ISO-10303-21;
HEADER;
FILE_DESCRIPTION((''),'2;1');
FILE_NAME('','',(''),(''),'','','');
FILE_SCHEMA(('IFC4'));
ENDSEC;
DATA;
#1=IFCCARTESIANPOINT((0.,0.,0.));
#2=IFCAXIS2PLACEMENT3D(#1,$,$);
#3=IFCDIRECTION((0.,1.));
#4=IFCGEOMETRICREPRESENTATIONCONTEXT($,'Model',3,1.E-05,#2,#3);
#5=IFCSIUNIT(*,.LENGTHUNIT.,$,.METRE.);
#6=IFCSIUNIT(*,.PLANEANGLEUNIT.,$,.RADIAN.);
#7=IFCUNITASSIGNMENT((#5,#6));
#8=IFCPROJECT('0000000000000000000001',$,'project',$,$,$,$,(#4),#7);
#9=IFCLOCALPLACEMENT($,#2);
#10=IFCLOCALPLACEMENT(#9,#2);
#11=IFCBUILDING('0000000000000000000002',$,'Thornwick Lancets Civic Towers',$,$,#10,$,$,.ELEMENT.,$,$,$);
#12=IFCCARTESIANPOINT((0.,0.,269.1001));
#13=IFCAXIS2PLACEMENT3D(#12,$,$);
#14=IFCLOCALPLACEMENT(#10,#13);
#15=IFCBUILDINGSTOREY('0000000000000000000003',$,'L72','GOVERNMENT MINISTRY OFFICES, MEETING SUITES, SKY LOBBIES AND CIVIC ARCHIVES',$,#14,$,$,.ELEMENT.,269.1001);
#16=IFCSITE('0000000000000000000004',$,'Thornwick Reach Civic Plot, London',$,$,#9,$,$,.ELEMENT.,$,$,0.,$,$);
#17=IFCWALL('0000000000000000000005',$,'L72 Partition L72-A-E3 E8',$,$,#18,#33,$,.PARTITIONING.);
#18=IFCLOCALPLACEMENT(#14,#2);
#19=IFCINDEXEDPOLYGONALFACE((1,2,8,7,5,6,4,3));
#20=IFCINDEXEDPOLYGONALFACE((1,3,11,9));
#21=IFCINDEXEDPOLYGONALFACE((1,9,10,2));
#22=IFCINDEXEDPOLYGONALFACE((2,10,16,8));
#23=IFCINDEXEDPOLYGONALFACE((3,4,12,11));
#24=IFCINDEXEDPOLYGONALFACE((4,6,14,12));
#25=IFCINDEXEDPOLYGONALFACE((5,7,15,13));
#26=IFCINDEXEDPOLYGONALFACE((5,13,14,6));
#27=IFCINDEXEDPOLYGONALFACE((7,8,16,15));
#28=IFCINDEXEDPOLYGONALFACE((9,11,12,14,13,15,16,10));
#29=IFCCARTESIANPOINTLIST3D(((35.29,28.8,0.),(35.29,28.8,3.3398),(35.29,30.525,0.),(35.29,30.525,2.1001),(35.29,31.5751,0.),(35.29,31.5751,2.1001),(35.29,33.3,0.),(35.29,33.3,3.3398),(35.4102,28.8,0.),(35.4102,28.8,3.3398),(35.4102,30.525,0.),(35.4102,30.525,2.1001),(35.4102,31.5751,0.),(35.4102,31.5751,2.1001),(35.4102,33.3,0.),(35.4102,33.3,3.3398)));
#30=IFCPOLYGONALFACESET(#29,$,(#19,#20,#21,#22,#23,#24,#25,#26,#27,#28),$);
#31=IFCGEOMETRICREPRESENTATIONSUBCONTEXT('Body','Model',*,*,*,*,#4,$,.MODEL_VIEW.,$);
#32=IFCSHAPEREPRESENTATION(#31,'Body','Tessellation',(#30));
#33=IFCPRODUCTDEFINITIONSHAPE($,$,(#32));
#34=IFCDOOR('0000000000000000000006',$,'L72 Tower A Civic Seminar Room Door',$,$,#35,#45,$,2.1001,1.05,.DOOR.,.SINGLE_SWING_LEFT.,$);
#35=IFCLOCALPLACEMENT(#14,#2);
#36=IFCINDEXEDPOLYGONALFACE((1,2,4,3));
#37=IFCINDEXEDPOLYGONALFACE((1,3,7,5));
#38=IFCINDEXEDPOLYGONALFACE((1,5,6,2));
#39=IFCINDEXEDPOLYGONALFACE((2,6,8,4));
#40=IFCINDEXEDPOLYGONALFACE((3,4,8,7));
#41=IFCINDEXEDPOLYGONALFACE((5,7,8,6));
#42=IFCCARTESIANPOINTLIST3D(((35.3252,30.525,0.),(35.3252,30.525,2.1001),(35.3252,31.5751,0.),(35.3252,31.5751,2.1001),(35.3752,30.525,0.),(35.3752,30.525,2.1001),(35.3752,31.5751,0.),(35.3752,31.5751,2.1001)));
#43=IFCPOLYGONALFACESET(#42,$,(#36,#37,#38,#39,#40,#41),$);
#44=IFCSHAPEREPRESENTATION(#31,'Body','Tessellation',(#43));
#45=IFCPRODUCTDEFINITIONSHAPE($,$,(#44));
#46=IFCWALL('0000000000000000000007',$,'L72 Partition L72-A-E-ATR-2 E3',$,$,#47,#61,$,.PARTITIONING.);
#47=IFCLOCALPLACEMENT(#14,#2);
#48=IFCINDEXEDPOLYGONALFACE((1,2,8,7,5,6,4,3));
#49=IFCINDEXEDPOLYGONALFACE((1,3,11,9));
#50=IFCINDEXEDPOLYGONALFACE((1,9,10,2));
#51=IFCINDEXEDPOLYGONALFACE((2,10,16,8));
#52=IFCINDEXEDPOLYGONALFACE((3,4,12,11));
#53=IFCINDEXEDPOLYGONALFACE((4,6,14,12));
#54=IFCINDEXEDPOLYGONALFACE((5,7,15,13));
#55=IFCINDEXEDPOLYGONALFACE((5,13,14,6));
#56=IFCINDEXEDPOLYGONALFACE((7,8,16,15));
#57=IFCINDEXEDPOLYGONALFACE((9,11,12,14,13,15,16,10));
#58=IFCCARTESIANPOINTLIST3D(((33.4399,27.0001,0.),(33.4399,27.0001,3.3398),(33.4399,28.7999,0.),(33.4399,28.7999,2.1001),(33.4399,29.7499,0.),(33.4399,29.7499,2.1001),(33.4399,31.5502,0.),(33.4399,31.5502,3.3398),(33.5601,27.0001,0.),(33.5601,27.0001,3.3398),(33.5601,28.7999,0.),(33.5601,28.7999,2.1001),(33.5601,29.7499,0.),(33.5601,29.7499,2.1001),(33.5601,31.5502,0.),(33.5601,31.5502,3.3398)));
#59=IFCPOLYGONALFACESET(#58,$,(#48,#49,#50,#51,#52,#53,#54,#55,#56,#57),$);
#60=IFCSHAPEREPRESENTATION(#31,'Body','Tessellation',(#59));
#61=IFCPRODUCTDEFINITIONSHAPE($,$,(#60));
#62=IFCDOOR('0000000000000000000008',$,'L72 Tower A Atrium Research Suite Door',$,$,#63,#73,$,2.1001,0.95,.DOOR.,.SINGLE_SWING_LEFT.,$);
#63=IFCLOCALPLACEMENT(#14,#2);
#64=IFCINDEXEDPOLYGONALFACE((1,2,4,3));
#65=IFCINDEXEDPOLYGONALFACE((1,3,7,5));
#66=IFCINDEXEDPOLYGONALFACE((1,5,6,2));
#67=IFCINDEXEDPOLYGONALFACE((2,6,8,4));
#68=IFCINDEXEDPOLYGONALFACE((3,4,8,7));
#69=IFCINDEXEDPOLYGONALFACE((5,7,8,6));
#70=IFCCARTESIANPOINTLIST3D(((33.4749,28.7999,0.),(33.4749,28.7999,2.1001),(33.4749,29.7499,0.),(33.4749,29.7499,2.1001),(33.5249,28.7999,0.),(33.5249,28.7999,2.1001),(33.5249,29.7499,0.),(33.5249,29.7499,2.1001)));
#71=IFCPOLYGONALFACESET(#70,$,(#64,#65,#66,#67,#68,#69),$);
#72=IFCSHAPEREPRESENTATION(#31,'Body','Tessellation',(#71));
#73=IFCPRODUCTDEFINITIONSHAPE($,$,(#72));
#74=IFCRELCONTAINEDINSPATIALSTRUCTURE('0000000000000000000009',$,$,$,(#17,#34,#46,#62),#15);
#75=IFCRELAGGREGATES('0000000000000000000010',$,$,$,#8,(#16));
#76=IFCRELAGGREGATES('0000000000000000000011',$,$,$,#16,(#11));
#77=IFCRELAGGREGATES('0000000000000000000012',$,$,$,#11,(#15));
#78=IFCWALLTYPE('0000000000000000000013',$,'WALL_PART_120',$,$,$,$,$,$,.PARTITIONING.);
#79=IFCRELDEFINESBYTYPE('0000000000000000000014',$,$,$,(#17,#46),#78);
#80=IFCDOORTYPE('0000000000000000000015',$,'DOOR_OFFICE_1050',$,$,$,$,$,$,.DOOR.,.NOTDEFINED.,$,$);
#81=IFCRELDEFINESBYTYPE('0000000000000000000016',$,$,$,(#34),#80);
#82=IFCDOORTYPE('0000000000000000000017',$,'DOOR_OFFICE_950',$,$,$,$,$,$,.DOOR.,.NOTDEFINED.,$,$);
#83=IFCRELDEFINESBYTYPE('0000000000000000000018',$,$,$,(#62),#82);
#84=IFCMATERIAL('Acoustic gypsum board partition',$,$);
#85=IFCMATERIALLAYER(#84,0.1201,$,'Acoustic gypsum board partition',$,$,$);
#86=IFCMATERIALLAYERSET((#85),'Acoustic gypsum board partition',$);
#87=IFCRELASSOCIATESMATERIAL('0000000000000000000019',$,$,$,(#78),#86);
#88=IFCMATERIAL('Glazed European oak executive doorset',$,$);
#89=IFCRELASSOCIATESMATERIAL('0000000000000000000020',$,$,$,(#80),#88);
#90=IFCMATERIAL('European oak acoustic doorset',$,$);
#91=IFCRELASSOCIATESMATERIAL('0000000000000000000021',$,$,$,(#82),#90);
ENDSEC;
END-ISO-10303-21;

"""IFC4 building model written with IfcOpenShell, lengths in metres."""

from ifc_helpers import new_model, si_unit, direction, frame, frame_2d, origin, place, context, subcontext, project, spatial, rectangle, extrude, material, layer, layer_set, type_object, element, fill, save


model = new_model("IFC4")

# Units and contexts
model_context = context("Model", 3, precision=1e-05, world=origin(), true_north=direction((0.0, 1.0)))
body_context = subcontext(model_context, "Body", "Model", "MODEL_VIEW")
ifc_project = project(units=[si_unit("LENGTHUNIT", "METRE"), si_unit("PLANEANGLEUNIT", "RADIAN")], contexts=[model_context])

# Site, building, storey
site_placement = place(None, origin())
site = spatial("IfcSite", under=ifc_project, at=site_placement, Name="Thornwick Reach Civic Plot, London", CompositionType="ELEMENT", RefElevation=0.0)
building_placement = place(site_placement, origin())
building = spatial("IfcBuilding", under=site, at=building_placement, Name="Thornwick Lancets Civic Towers", CompositionType="ELEMENT")
storey_placement = place(building_placement, frame((0.0, 0.0, 269.1001)))
storey = spatial("IfcBuildingStorey", under=building, at=storey_placement, Name="L72", Description="GOVERNMENT MINISTRY OFFICES, MEETING SUITES, SKY LOBBIES AND CIVIC ARCHIVES", CompositionType="ELEMENT", Elevation=269.1001)

# Shared definitions
ifc_material_1 = material(Name="Acoustic gypsum board partition")
ifc_layer_1 = layer(ifc_material_1, 0.1201, Name="Acoustic gypsum board partition")
ifc_layer_set_1 = layer_set([ifc_layer_1], Name="Acoustic gypsum board partition")
wall_type_1 = type_object("IfcWallType", Name="WALL_PART_120", PredefinedType="PARTITIONING", material=ifc_layer_set_1)

# Walls, openings, doors
wall_1_placement = place(storey_placement, frame((35.3501, 28.8, 0.0), z_axis=(0.0, 0.0, 1.0), x_axis=(0.0, 1.0, 0.0)))
wall_1 = element("IfcWall", 1, at=wall_1_placement, inside=storey, type_object=wall_type_1, Name="L72 Partition L72-A-E3 E8", PredefinedType="PARTITIONING", context=body_context, shape_type="SweptSolid", body=[
    extrude(rectangle(XDim=4.5, YDim=0.1201, at=frame_2d((2.25, 0.0))), origin(), (0.0, 0.0, 1.0), 3.3398),
])
opening_1_placement = place(wall_1_placement, frame((1.7251, 0.0, 0.0)))
opening_1 = element("IfcOpeningElement", 2, at=opening_1_placement, cuts=wall_1, PredefinedType="OPENING", context=body_context, shape_type="SweptSolid", body=[
    extrude(rectangle(XDim=1.05, YDim=2.1001, at=frame_2d((0.5249, 1.05))), frame((0.0, 0.0701, 0.0), z_axis=(0.0, -1.0, 0.0), x_axis=(1.0, 0.0, 0.0)), (0.0, 0.0, 1.0), 0.1401),
])
ifc_material_2 = material(Name="Glazed European oak executive doorset")
door_type_1 = type_object("IfcDoorType", Name="DOOR_OFFICE_1050", OperationType="NOTDEFINED", PredefinedType="DOOR", material=ifc_material_2)
door_1_placement = place(opening_1_placement, origin())
door_1 = element("IfcDoor", 3, at=door_1_placement, inside=storey, type_object=door_type_1, Name="L72 Tower A Civic Seminar Room Door", OperationType="SINGLE_SWING_LEFT", OverallHeight=2.1001, OverallWidth=1.05, PredefinedType="DOOR", context=body_context, shape_type="SweptSolid", body=[
    extrude(rectangle(XDim=1.05, YDim=2.1001, at=frame_2d((0.5249, 1.05))), frame((0.0, 0.0249, 0.0), z_axis=(0.0, -1.0, 0.0), x_axis=(1.0, 0.0, 0.0)), (0.0, 0.0, 1.0), 0.05),
])
fill(opening_1, door_1)
wall_2_placement = place(storey_placement, frame((33.5, 31.55, 0.0), z_axis=(0.0, 0.0, 1.0), x_axis=(0.0, -1.0, 0.0)))
wall_2 = element("IfcWall", 4, at=wall_2_placement, inside=storey, type_object=wall_type_1, Name="L72 Partition L72-A-E-ATR-2 E3", PredefinedType="PARTITIONING", context=body_context, shape_type="SweptSolid", body=[
    extrude(rectangle(XDim=4.55, YDim=0.1201, at=frame_2d((2.2749, 0.0))), origin(), (0.0, 0.0, 1.0), 3.3398),
])
opening_2_placement = place(wall_2_placement, frame((1.8, 0.0, 0.0)))
opening_2 = element("IfcOpeningElement", 5, at=opening_2_placement, cuts=wall_2, PredefinedType="OPENING", context=body_context, shape_type="SweptSolid", body=[
    extrude(rectangle(XDim=0.95, YDim=2.1001, at=frame_2d((0.4751, 1.05))), frame((0.0, 0.0701, 0.0), z_axis=(0.0, -1.0, 0.0), x_axis=(1.0, 0.0, 0.0)), (0.0, 0.0, 1.0), 0.1401),
])
ifc_material_3 = material(Name="European oak acoustic doorset")
door_type_2 = type_object("IfcDoorType", Name="DOOR_OFFICE_950", OperationType="NOTDEFINED", PredefinedType="DOOR", material=ifc_material_3)
door_2_placement = place(opening_2_placement, origin())
door_2 = element("IfcDoor", 6, at=door_2_placement, inside=storey, type_object=door_type_2, Name="L72 Tower A Atrium Research Suite Door", OperationType="SINGLE_SWING_LEFT", OverallHeight=2.1001, OverallWidth=0.95, PredefinedType="DOOR", context=body_context, shape_type="SweptSolid", body=[
    extrude(rectangle(XDim=0.95, YDim=2.1001, at=frame_2d((0.4751, 1.05))), frame((0.0, 0.0249, 0.0), z_axis=(0.0, -1.0, 0.0), x_axis=(1.0, 0.0, 0.0)), (0.0, 0.0, 1.0), 0.05),
])
fill(opening_2, door_2)

save(model, "model.ifc")
